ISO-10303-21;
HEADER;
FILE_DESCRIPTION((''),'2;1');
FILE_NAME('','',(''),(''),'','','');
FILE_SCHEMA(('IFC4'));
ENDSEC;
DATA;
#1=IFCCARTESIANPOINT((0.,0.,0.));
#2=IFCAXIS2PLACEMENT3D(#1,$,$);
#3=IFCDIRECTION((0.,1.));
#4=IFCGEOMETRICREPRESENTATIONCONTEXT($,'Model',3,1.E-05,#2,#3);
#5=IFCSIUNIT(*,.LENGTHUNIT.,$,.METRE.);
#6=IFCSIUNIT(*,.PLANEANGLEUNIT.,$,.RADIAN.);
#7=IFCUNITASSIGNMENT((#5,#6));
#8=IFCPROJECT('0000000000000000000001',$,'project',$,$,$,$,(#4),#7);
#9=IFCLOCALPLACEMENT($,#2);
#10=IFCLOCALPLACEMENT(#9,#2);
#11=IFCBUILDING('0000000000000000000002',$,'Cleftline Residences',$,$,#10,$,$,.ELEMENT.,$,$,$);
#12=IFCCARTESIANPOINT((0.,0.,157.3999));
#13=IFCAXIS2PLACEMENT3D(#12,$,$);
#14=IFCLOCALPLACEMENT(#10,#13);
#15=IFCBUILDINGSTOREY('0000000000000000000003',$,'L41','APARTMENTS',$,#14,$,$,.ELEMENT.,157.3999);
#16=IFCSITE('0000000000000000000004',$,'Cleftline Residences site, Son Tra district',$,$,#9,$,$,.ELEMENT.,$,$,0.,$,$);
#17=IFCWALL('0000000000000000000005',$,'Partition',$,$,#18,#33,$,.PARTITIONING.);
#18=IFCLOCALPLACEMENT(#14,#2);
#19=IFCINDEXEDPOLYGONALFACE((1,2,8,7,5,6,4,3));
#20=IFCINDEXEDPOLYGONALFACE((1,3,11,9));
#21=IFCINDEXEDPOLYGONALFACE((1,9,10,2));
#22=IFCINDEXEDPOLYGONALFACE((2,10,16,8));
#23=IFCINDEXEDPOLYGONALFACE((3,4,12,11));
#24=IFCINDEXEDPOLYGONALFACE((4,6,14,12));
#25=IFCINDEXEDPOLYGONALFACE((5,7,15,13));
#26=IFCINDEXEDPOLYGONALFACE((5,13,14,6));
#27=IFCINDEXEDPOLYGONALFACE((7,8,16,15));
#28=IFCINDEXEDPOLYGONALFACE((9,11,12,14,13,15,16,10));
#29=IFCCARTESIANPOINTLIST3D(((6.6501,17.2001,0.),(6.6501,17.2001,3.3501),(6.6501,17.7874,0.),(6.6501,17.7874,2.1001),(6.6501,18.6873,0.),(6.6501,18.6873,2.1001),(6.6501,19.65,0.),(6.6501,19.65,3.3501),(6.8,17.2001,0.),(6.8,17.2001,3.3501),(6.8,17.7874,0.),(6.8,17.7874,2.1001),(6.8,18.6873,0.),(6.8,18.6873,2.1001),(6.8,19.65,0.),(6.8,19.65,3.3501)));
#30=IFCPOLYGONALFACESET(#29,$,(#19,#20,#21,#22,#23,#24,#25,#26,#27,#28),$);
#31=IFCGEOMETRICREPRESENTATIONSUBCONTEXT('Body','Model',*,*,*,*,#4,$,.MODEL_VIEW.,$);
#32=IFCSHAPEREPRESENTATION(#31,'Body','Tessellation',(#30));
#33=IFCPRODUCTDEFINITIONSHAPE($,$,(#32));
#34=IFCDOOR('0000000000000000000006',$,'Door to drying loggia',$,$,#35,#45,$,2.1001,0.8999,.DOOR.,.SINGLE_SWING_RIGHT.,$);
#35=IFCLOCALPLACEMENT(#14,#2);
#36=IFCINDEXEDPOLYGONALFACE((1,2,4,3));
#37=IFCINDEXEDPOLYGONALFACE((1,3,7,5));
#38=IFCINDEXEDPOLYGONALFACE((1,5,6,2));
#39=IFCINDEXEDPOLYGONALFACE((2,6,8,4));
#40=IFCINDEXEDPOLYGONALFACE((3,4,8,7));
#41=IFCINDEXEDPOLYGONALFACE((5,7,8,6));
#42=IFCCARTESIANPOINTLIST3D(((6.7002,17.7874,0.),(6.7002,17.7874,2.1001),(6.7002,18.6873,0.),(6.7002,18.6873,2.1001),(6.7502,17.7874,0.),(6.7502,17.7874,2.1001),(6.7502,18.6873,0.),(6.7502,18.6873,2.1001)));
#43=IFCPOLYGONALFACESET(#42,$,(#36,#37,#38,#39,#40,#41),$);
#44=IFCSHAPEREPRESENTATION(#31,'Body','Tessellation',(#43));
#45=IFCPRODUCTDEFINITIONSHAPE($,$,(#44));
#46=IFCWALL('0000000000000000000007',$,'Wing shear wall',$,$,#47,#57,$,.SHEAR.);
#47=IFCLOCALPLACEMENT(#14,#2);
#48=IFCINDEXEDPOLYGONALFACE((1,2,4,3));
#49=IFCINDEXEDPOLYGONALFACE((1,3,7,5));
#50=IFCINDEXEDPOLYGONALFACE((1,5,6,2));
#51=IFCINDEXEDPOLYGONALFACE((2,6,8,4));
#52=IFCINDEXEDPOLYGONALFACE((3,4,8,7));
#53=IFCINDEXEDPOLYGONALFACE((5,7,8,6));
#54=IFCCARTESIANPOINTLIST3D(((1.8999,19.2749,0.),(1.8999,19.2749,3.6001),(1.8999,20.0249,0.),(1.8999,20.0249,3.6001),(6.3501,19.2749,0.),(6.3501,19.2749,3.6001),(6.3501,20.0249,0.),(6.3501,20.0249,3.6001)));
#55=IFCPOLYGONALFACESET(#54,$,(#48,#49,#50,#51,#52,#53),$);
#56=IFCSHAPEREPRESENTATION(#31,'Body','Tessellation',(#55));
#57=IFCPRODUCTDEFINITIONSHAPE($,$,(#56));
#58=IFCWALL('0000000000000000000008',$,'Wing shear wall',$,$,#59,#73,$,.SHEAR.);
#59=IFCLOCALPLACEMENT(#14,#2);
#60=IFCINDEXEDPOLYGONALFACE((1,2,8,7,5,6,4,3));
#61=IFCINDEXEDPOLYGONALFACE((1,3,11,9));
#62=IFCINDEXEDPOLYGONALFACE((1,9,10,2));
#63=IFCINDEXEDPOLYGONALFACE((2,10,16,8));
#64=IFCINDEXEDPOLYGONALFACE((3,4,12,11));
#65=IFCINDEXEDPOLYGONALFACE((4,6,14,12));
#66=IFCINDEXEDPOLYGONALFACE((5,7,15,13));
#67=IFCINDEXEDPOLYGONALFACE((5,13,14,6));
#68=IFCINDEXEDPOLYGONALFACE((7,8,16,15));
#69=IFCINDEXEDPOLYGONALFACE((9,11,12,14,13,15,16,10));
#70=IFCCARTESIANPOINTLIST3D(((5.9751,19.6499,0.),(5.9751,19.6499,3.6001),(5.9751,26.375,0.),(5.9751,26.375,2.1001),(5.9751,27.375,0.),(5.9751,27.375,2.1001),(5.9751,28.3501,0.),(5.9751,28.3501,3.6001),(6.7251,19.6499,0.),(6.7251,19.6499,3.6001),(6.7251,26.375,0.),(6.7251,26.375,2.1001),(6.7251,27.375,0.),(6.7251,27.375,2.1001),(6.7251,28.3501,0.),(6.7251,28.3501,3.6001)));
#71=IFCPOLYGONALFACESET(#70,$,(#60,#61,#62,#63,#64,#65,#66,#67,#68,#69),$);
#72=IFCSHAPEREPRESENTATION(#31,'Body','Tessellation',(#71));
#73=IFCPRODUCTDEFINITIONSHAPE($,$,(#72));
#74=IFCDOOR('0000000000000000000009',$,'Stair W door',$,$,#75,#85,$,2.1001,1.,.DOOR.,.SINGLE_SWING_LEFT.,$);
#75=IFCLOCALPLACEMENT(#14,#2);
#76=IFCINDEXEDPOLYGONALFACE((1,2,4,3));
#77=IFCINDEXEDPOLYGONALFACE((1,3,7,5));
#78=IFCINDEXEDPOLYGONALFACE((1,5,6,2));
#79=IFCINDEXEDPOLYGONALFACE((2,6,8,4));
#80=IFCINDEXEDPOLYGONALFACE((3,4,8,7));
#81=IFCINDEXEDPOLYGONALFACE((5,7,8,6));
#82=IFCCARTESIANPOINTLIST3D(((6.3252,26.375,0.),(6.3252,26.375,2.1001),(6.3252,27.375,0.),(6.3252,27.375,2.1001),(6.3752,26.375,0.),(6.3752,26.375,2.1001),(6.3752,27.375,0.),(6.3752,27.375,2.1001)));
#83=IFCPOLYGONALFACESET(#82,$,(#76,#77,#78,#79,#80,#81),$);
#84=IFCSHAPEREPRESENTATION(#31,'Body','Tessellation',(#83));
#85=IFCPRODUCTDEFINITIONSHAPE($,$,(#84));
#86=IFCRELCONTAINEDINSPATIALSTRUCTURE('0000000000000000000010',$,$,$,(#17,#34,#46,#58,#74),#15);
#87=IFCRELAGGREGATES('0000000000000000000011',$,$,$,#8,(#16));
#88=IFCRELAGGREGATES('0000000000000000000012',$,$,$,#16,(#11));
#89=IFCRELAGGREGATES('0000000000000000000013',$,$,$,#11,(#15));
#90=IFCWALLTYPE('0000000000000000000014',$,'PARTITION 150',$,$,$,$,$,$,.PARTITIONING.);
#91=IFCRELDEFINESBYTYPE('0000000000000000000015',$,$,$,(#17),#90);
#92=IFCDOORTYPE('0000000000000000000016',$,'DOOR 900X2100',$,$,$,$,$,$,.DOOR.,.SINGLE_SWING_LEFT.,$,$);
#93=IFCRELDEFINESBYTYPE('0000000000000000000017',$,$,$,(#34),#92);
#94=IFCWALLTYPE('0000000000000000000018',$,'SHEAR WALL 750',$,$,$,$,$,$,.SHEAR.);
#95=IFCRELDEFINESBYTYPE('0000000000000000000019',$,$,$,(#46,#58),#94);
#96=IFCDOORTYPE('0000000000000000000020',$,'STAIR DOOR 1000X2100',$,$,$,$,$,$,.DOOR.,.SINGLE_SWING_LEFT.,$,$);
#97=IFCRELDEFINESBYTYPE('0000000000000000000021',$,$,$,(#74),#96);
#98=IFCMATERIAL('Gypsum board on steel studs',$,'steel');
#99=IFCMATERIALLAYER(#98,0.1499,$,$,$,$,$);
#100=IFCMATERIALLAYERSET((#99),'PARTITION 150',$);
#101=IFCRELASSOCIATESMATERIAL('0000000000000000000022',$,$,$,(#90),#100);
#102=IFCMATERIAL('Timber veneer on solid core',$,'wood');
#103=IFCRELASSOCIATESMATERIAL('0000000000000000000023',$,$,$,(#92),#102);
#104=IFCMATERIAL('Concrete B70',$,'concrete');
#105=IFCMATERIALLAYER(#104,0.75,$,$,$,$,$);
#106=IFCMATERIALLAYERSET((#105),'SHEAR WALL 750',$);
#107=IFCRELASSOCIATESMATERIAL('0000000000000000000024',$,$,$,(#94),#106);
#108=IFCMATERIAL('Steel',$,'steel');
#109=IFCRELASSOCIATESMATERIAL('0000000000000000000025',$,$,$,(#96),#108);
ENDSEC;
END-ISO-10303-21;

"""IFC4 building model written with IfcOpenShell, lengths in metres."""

from ifc_helpers import new_model, si_unit, direction, frame, frame_2d, origin, place, context, subcontext, project, spatial, rectangle, extrude, material, layer, layer_set, type_object, element, fill, save


model = new_model("IFC4")

# Units and contexts
model_context = context("Model", 3, precision=1e-05, world=origin(), true_north=direction((0.0, 1.0)))
body_context = subcontext(model_context, "Body", "Model", "MODEL_VIEW")
ifc_project = project(units=[si_unit("LENGTHUNIT", "METRE"), si_unit("PLANEANGLEUNIT", "RADIAN")], contexts=[model_context])

# Site, building, storey
site_placement = place(None, origin())
site = spatial("IfcSite", under=ifc_project, at=site_placement, Name="Cleftline Residences site, Son Tra district", CompositionType="ELEMENT", RefElevation=0.0)
building_placement = place(site_placement, origin())
building = spatial("IfcBuilding", under=site, at=building_placement, Name="Cleftline Residences", CompositionType="ELEMENT")
storey_placement = place(building_placement, frame((0.0, 0.0, 157.3999)))
storey = spatial("IfcBuildingStorey", under=building, at=storey_placement, Name="L41", Description="APARTMENTS", CompositionType="ELEMENT", Elevation=157.3999)

# Shared definitions
ifc_material_1 = material(Name="Gypsum board on steel studs", Category="steel")
ifc_layer_1 = layer(ifc_material_1, 0.1499)
ifc_layer_set_1 = layer_set([ifc_layer_1], Name="PARTITION 150")
wall_type_1 = type_object("IfcWallType", Name="PARTITION 150", PredefinedType="PARTITIONING", material=ifc_layer_set_1)

# Shared definitions
ifc_material_2 = material(Name="Timber veneer on solid core", Category="wood")
door_type_1 = type_object("IfcDoorType", Name="DOOR 900X2100", OperationType="SINGLE_SWING_LEFT", PredefinedType="DOOR", material=ifc_material_2)

# Wall, opening, door
wall_1_placement = place(storey_placement, frame((6.7251, 17.2, 0.0), z_axis=(0.0, 0.0, 1.0), x_axis=(0.0, 1.0, 0.0)))
wall_1 = element("IfcWall", 1, at=wall_1_placement, inside=storey, type_object=wall_type_1, Name="Partition", PredefinedType="PARTITIONING", context=body_context, shape_type="SweptSolid", body=[
    extrude(rectangle(XDim=2.45, YDim=0.1499, at=frame_2d((1.2251, 0.0))), origin(), (0.0, 0.0, 1.0), 3.3501),
])
opening_1_placement = place(wall_1_placement, frame((0.5874, 0.0, 0.0)))
opening_1 = element("IfcOpeningElement", 2, at=opening_1_placement, cuts=wall_1, PredefinedType="OPENING", context=body_context, shape_type="SweptSolid", body=[
    extrude(rectangle(XDim=0.8999, YDim=2.1001, at=frame_2d((0.45, 1.05))), frame((0.0, 0.085, 0.0), z_axis=(0.0, -1.0, 0.0), x_axis=(1.0, 0.0, 0.0)), (0.0, 0.0, 1.0), 0.1699),
])
door_1_placement = place(opening_1_placement, origin())
door_1 = element("IfcDoor", 3, at=door_1_placement, inside=storey, type_object=door_type_1, Name="Door to drying loggia", OperationType="SINGLE_SWING_RIGHT", OverallHeight=2.1001, OverallWidth=0.8999, PredefinedType="DOOR", context=body_context, shape_type="SweptSolid", body=[
    extrude(rectangle(XDim=0.8999, YDim=2.1001, at=frame_2d((0.45, 1.05))), frame((0.0, 0.0249, 0.0), z_axis=(0.0, -1.0, 0.0), x_axis=(1.0, 0.0, 0.0)), (0.0, 0.0, 1.0), 0.05),
])
fill(opening_1, door_1)

# Wall
ifc_material_3 = material(Name="Concrete B70", Category="concrete")
ifc_layer_2 = layer(ifc_material_3, 0.75)
ifc_layer_set_2 = layer_set([ifc_layer_2], Name="SHEAR WALL 750")
wall_type_2 = type_object("IfcWallType", Name="SHEAR WALL 750", PredefinedType="SHEAR", material=ifc_layer_set_2)
wall_2_placement = place(storey_placement, frame((1.8999, 19.6499, 0.0), z_axis=(0.0, 0.0, 1.0), x_axis=(1.0, 0.0, 0.0)))
element("IfcWall", 4, at=wall_2_placement, inside=storey, type_object=wall_type_2, Name="Wing shear wall", PredefinedType="SHEAR", context=body_context, shape_type="SweptSolid", body=[
    extrude(rectangle(XDim=4.4502, YDim=0.75, at=frame_2d((2.2251, 0.0))), origin(), (0.0, 0.0, 1.0), 3.6001),
])

# Wall, opening, door
wall_3_placement = place(storey_placement, frame((6.3501, 19.6499, 0.0), z_axis=(0.0, 0.0, 1.0), x_axis=(0.0, 1.0, 0.0)))
wall_3 = element("IfcWall", 5, at=wall_3_placement, inside=storey, type_object=wall_type_2, Name="Wing shear wall", PredefinedType="SHEAR", context=body_context, shape_type="SweptSolid", body=[
    extrude(rectangle(XDim=8.7002, YDim=0.75, at=frame_2d((4.3501, 0.0))), origin(), (0.0, 0.0, 1.0), 3.6001),
])
opening_2_placement = place(wall_3_placement, frame((6.7251, 0.0, 0.0)))
opening_2 = element("IfcOpeningElement", 6, at=opening_2_placement, cuts=wall_3, PredefinedType="OPENING", context=body_context, shape_type="SweptSolid", body=[
    extrude(rectangle(XDim=1.0, YDim=2.1001, at=frame_2d((0.5, 1.05))), frame((0.0, 0.385, 0.0), z_axis=(0.0, -1.0, 0.0), x_axis=(1.0, 0.0, 0.0)), (0.0, 0.0, 1.0), 0.77),
])
ifc_material_4 = material(Name="Steel", Category="steel")
door_type_2 = type_object("IfcDoorType", Name="STAIR DOOR 1000X2100", OperationType="SINGLE_SWING_LEFT", PredefinedType="DOOR", material=ifc_material_4)
door_2_placement = place(opening_2_placement, origin())
door_2 = element("IfcDoor", 7, at=door_2_placement, inside=storey, type_object=door_type_2, Name="Stair W door", OperationType="SINGLE_SWING_LEFT", OverallHeight=2.1001, OverallWidth=1.0, PredefinedType="DOOR", context=body_context, shape_type="SweptSolid", body=[
    extrude(rectangle(XDim=1.0, YDim=2.1001, at=frame_2d((0.5, 1.05))), frame((0.0, 0.0249, 0.0), z_axis=(0.0, -1.0, 0.0), x_axis=(1.0, 0.0, 0.0)), (0.0, 0.0, 1.0), 0.05),
])
fill(opening_2, door_2)

save(model, "model.ifc")
